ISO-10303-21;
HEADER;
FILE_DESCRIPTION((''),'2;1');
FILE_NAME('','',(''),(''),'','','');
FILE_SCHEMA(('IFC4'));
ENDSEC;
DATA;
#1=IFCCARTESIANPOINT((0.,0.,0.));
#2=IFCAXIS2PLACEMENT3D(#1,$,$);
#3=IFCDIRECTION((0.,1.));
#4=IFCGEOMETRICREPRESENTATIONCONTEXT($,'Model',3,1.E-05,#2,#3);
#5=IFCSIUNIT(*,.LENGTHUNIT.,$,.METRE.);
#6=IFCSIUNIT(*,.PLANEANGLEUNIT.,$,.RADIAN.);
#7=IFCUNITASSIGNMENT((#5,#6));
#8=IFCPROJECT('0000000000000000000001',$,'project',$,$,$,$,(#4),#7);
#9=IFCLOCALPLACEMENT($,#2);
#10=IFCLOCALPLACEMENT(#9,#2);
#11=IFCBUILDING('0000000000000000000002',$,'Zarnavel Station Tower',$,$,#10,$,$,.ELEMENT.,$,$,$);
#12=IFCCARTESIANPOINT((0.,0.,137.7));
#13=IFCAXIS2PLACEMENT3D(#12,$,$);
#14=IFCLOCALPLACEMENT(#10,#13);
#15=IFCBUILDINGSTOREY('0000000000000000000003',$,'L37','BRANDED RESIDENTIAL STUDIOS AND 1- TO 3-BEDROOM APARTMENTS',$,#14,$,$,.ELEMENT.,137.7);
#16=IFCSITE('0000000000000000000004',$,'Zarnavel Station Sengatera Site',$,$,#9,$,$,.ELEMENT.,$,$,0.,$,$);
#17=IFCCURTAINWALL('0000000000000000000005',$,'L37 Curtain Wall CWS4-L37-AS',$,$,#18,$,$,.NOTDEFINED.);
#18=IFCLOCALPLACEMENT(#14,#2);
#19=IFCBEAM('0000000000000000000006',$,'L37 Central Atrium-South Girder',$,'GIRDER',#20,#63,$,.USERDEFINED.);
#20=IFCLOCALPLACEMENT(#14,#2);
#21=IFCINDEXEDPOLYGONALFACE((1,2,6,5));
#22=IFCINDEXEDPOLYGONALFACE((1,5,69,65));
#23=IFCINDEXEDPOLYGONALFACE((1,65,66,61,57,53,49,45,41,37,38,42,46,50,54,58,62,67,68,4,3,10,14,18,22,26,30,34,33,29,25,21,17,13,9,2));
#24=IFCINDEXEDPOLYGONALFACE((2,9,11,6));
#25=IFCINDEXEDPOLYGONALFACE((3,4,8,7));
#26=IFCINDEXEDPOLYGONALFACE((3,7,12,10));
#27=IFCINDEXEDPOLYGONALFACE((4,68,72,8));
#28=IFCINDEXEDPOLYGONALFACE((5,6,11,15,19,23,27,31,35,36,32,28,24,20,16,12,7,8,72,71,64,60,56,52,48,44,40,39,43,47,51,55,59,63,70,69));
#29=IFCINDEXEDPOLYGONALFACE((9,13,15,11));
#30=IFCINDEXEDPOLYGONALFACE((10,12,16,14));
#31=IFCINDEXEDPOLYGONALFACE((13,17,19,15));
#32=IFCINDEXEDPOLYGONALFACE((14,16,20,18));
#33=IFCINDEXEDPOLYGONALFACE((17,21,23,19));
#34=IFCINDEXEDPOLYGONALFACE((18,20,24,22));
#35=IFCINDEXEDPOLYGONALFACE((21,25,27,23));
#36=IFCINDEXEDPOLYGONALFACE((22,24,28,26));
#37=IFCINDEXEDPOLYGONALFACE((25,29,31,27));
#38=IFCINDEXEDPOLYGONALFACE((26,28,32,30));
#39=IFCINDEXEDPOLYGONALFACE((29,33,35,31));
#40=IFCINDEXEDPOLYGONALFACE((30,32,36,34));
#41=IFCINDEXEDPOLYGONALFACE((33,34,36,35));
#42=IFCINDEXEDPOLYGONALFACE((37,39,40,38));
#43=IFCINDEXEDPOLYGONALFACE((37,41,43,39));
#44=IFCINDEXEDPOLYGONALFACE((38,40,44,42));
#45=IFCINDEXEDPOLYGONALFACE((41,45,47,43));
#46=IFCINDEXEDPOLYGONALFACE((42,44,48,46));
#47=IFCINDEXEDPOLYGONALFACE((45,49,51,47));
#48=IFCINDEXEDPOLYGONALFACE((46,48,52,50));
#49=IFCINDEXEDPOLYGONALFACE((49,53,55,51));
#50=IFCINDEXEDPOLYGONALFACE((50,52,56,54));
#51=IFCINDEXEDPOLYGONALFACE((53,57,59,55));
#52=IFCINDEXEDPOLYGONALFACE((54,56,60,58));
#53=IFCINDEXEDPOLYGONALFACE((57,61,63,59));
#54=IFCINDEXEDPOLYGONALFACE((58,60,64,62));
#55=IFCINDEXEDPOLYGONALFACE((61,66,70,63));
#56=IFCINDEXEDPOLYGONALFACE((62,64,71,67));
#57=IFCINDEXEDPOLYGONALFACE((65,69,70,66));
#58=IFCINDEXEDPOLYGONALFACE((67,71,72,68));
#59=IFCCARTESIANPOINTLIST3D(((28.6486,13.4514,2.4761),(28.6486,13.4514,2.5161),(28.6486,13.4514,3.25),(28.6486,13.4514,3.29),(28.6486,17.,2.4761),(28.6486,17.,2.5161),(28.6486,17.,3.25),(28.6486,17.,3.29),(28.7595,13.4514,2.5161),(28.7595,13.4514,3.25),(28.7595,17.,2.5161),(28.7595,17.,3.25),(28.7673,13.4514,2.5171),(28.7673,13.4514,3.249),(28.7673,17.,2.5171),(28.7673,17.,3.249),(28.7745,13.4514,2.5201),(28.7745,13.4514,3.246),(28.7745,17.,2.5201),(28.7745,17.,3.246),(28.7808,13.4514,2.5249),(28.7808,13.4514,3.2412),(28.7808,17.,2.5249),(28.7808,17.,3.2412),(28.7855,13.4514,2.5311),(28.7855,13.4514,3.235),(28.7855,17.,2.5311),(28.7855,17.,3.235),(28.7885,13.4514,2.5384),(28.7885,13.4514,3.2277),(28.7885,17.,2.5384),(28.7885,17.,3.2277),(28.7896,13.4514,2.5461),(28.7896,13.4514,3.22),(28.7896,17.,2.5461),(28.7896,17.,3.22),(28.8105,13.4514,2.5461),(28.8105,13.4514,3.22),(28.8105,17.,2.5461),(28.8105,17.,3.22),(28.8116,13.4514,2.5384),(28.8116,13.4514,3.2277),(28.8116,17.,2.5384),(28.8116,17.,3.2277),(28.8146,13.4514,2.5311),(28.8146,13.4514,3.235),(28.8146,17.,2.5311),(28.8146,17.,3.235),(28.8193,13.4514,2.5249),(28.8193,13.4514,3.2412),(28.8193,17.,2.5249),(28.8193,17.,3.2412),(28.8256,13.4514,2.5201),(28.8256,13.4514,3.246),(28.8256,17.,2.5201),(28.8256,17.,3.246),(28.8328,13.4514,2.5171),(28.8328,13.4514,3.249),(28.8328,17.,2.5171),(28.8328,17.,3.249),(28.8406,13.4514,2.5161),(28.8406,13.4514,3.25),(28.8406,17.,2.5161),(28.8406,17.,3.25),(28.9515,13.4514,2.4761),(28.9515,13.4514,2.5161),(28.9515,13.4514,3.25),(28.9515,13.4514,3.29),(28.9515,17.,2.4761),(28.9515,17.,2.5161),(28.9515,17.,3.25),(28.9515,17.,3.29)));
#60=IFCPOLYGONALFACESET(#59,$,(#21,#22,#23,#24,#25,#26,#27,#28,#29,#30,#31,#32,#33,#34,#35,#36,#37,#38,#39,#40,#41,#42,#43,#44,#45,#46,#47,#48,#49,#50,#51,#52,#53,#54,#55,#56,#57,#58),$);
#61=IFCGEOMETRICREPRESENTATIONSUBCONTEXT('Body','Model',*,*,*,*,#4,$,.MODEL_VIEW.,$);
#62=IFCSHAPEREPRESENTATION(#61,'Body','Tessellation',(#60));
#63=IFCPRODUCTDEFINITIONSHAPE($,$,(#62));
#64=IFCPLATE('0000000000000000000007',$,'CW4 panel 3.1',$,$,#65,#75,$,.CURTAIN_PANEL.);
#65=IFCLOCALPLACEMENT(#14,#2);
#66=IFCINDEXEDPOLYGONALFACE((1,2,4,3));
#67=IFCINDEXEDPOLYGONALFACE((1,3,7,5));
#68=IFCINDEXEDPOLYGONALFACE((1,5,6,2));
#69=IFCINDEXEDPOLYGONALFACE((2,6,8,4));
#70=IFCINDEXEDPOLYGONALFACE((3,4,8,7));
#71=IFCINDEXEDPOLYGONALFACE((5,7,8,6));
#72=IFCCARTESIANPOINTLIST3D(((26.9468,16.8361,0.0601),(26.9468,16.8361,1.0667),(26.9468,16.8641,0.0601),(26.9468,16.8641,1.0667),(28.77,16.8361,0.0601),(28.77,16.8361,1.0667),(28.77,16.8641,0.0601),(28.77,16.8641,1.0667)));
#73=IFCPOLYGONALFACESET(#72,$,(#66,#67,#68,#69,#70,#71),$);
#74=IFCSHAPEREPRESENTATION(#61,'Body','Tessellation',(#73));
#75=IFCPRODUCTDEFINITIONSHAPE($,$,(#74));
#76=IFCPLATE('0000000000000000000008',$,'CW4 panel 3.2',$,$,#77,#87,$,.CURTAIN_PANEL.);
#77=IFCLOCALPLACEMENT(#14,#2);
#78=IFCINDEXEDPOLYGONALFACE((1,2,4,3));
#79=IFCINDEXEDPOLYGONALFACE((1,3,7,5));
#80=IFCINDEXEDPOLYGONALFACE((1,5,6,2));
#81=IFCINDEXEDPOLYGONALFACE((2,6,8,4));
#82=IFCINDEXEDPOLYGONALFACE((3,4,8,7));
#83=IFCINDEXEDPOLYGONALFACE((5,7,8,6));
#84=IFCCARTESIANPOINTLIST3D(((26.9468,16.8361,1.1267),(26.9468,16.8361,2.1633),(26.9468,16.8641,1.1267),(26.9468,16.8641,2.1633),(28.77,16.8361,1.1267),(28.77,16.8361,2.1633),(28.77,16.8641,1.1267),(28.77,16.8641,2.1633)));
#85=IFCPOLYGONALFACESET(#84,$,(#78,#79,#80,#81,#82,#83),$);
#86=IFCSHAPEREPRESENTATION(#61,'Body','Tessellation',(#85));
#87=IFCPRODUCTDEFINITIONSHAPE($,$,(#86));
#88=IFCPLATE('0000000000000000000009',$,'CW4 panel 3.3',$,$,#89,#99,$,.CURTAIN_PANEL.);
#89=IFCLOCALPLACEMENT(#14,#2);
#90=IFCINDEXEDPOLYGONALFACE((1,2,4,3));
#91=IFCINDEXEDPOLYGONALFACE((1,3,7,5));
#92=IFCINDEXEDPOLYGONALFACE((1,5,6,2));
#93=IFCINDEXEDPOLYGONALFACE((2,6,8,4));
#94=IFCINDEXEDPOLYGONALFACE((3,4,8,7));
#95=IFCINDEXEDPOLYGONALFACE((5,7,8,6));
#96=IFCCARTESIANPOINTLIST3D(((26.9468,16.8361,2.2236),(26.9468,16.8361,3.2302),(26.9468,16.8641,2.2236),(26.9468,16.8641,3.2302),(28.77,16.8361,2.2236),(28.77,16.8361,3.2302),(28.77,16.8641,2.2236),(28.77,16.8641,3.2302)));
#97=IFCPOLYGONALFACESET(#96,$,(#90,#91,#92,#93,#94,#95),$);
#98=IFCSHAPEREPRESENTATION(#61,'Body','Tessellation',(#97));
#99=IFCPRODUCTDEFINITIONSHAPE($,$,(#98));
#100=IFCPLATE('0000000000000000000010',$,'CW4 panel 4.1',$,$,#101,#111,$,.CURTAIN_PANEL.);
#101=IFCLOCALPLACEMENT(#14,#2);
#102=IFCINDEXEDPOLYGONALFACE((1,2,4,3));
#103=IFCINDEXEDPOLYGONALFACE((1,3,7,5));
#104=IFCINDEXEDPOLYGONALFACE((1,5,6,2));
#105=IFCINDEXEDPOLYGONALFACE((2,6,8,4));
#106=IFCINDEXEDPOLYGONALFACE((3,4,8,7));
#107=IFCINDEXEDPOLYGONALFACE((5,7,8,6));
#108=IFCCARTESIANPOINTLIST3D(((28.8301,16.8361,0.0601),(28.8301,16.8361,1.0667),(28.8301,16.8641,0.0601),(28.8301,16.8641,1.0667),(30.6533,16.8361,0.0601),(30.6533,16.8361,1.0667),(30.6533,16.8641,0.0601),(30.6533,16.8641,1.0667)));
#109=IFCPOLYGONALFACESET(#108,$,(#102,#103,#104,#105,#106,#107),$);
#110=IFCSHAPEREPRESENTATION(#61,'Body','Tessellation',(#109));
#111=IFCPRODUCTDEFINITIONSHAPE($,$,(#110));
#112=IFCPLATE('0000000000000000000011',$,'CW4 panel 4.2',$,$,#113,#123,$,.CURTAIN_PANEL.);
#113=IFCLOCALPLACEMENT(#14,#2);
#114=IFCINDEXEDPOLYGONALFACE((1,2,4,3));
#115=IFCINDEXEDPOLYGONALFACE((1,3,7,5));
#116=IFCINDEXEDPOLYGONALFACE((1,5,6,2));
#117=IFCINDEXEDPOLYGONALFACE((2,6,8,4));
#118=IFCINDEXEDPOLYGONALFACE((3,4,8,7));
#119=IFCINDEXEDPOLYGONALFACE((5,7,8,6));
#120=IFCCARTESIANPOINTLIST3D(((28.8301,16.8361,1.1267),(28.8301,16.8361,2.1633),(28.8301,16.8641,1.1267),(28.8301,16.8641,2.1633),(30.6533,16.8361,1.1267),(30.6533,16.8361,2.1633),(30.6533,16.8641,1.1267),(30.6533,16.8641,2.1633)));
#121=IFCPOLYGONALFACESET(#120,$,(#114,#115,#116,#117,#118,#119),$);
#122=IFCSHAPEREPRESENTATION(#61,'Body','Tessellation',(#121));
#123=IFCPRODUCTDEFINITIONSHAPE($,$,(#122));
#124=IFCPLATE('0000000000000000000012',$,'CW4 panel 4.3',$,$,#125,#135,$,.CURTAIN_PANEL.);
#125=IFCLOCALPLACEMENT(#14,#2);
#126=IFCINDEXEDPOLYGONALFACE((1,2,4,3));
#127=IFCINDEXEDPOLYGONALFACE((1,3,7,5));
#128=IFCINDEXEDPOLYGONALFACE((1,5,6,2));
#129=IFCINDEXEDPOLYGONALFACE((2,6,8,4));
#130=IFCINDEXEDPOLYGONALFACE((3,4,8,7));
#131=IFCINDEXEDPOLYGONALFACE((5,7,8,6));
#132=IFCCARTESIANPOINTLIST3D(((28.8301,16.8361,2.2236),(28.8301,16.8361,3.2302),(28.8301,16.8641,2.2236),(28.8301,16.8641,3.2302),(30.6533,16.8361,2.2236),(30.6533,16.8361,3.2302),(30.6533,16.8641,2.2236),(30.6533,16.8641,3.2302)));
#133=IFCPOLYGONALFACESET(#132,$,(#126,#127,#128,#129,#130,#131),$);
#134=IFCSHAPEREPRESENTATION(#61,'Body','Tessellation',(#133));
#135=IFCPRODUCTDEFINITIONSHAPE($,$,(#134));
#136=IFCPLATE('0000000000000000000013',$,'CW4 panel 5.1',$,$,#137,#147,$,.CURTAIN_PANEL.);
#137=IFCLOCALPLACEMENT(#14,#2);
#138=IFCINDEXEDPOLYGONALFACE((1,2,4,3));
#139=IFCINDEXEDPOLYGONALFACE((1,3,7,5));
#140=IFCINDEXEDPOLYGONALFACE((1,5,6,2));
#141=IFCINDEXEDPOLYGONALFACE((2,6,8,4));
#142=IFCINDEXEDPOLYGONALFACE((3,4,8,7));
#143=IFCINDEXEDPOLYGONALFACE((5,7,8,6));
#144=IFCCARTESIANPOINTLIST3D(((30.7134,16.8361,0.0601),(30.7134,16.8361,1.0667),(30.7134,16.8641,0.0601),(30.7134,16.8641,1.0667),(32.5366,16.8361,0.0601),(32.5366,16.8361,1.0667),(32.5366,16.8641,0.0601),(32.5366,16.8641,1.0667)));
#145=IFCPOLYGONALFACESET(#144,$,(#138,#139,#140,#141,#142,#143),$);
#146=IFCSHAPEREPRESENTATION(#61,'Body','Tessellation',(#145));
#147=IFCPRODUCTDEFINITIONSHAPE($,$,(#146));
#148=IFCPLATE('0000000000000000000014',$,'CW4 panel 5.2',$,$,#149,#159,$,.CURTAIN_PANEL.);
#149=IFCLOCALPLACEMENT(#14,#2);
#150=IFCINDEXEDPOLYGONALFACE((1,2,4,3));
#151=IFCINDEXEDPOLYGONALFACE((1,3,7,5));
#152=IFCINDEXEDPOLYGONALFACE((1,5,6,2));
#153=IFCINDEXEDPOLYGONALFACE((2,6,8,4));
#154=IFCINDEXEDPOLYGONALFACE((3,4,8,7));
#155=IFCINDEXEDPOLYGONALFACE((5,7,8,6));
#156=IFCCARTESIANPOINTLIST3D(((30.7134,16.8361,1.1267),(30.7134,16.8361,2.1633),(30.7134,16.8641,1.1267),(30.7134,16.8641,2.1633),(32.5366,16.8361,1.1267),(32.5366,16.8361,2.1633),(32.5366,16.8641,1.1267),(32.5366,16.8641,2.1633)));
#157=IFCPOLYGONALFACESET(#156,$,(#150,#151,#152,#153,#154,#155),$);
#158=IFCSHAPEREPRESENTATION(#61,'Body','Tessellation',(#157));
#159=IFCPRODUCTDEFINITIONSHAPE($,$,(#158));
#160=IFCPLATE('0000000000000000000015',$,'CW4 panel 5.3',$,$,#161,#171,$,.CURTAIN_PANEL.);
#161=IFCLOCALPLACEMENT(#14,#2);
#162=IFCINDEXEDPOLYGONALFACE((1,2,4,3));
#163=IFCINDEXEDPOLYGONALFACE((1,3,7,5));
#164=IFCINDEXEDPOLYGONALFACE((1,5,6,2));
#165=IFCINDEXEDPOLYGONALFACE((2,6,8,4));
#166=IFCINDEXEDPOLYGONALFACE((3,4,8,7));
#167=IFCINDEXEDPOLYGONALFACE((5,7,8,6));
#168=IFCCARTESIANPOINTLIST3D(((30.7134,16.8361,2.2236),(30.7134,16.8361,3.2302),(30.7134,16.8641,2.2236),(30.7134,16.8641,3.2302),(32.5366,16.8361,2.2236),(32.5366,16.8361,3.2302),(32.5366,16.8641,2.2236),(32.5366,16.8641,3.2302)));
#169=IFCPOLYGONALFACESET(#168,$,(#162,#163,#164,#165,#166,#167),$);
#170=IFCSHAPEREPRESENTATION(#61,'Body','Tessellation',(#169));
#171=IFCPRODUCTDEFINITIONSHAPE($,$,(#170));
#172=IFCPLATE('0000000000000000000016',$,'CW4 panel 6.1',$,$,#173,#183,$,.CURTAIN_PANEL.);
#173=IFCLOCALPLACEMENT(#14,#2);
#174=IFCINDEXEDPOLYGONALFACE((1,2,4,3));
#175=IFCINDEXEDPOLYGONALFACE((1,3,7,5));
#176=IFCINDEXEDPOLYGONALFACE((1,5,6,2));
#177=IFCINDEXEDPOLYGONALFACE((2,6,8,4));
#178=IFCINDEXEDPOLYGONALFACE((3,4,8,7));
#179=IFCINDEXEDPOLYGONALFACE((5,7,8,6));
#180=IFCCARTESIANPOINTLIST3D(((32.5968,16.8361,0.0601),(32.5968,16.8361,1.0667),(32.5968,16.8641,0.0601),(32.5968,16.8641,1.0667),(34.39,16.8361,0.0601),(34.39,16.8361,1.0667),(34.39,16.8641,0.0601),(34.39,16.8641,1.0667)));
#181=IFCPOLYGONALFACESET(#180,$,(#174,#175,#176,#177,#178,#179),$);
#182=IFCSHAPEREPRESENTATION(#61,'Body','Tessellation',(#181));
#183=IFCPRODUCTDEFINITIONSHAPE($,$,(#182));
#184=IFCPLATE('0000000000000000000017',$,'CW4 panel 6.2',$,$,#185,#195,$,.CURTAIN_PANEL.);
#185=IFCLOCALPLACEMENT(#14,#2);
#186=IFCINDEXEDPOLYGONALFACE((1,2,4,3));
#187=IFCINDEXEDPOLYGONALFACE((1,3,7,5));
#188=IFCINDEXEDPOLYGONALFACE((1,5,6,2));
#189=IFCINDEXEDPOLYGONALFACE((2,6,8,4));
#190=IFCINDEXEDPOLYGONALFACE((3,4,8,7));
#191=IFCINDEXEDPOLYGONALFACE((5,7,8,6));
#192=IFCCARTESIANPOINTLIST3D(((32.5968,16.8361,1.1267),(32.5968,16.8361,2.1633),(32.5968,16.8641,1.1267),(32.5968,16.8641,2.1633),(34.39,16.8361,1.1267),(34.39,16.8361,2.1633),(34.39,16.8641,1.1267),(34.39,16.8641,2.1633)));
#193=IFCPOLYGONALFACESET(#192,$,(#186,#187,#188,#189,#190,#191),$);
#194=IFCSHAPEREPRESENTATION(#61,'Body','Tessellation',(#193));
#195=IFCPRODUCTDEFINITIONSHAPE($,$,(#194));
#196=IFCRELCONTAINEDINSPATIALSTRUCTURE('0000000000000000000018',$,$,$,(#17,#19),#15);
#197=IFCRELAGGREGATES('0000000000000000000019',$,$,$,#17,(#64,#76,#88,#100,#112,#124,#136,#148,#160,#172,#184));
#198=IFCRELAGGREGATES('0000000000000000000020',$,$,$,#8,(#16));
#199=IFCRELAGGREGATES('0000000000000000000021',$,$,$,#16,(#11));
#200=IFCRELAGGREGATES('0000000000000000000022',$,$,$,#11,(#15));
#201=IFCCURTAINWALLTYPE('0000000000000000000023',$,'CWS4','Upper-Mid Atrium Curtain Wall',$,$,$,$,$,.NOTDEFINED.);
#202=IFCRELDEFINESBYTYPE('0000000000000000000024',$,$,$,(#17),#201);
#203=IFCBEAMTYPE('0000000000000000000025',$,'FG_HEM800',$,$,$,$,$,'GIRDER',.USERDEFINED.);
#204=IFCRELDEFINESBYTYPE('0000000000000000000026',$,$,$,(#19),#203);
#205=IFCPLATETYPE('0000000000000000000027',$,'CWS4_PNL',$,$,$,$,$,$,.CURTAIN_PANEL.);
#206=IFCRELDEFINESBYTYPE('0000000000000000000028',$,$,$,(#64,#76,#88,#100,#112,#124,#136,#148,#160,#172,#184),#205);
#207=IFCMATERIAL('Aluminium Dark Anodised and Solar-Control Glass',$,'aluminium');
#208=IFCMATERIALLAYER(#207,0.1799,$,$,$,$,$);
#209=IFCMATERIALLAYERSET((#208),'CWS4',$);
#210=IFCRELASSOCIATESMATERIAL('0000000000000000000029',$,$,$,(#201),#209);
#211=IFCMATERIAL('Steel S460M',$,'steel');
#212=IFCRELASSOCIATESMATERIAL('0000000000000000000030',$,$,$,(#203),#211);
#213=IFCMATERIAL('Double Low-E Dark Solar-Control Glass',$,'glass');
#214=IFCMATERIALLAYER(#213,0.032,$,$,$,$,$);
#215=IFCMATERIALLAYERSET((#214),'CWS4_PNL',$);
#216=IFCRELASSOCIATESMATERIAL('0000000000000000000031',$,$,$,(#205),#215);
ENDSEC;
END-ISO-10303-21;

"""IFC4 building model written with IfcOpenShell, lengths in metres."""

from ifc_helpers import new_model, si_unit, direction, frame, origin, origin_2d, place, context, subcontext, project, spatial, rectangle, i_section, extrude, material, layer, layer_set, material_profile, profile_set, type_object, element, aggregate, save


model = new_model("IFC4")

# Units and contexts
model_context = context("Model", 3, precision=1e-05, world=origin(), true_north=direction((0.0, 1.0)))
body_context = subcontext(model_context, "Body", "Model", "MODEL_VIEW")
ifc_project = project(units=[si_unit("LENGTHUNIT", "METRE"), si_unit("PLANEANGLEUNIT", "RADIAN")], contexts=[model_context])

# Site, building, storey
site_placement = place(None, origin())
site = spatial("IfcSite", under=ifc_project, at=site_placement, Name="Zarnavel Station Sengatera Site", CompositionType="ELEMENT", RefElevation=0.0)
building_placement = place(site_placement, origin())
building = spatial("IfcBuilding", under=site, at=building_placement, Name="Zarnavel Station Tower", CompositionType="ELEMENT")
storey_placement = place(building_placement, frame((0.0, 0.0, 137.7)))
storey = spatial("IfcBuildingStorey", under=building, at=storey_placement, Name="L37", Description="BRANDED RESIDENTIAL STUDIOS AND 1- TO 3-BEDROOM APARTMENTS", CompositionType="ELEMENT", Elevation=137.7)

# Curtain wall
ifc_material_1 = material(Name="Aluminium Dark Anodised and Solar-Control Glass", Category="aluminium")
ifc_layer_1 = layer(ifc_material_1, 0.1799)
ifc_layer_set_1 = layer_set([ifc_layer_1], Name="CWS4")
curtain_wall_type = type_object("IfcCurtainWallType", Name="CWS4", Description="Upper-Mid Atrium Curtain Wall", PredefinedType="NOTDEFINED", material=ifc_layer_set_1)
curtain_wall_placement = place(storey_placement, origin())
curtain_wall = element("IfcCurtainWall", 1, at=curtain_wall_placement, inside=storey, type_object=curtain_wall_type, Name="L37 Curtain Wall CWS4-L37-AS", PredefinedType="NOTDEFINED")

# Beam
ifc_material_2 = material(Name="Steel S460M", Category="steel")
ifc_material_profile_1 = material_profile(ifc_material_2, i_section(OverallWidth=0.303, OverallDepth=0.814, WebThickness=0.021, FlangeThickness=0.04, FilletRadius=0.03, at=origin_2d()), Name="HEM800")
ifc_profile_set_1 = profile_set([ifc_material_profile_1], Name="Steel S460M")
beam_type_1 = type_object("IfcBeamType", Name="FG_HEM800", ElementType="GIRDER", PredefinedType="USERDEFINED", material=ifc_profile_set_1)
beam_1_placement = place(storey_placement, frame((28.8, 13.4514, 2.8831), z_axis=(0.0, 1.0, 0.0), x_axis=(-1.0, 0.0, 0.0)))
element("IfcBeam", 2, at=beam_1_placement, inside=storey, type_object=beam_type_1, Name="L37 Central Atrium-South Girder", ObjectType="GIRDER", PredefinedType="USERDEFINED", context=body_context, shape_type="SweptSolid", body=[
    extrude(i_section(OverallWidth=0.303, OverallDepth=0.814, WebThickness=0.021, FlangeThickness=0.04, FilletRadius=0.03, at=origin_2d()), origin(), (0.0, 0.0, 1.0), 3.5486),
])

# Plates
ifc_material_3 = material(Name="Double Low-E Dark Solar-Control Glass", Category="glass")
ifc_layer_2 = layer(ifc_material_3, 0.032)
ifc_layer_set_2 = layer_set([ifc_layer_2], Name="CWS4_PNL")
plate_type = type_object("IfcPlateType", Name="CWS4_PNL", PredefinedType="CURTAIN_PANEL", material=ifc_layer_set_2)
plate_1_placement = place(storey_placement, frame((27.8584, 16.8501, 0.0601), z_axis=(0.0, 0.0, 1.0), x_axis=(1.0, 0.0, 0.0)))
plate_1 = element("IfcPlate", 3, at=plate_1_placement, type_object=plate_type, Name="CW4 panel 3.1", PredefinedType="CURTAIN_PANEL", context=body_context, shape_type="SweptSolid", body=[
    extrude(rectangle(XDim=1.8232, YDim=0.0281, at=origin_2d()), origin(), (0.0, 0.0, 1.0), 1.0066),
])
plate_2_placement = place(storey_placement, frame((27.8584, 16.8501, 1.1267), z_axis=(0.0, 0.0, 1.0), x_axis=(1.0, 0.0, 0.0)))
plate_2 = element("IfcPlate", 4, at=plate_2_placement, type_object=plate_type, Name="CW4 panel 3.2", PredefinedType="CURTAIN_PANEL", context=body_context, shape_type="SweptSolid", body=[
    extrude(rectangle(XDim=1.8232, YDim=0.0281, at=origin_2d()), origin(), (0.0, 0.0, 1.0), 1.0366),
])
plate_3_placement = place(storey_placement, frame((27.8584, 16.8501, 2.2236), z_axis=(0.0, 0.0, 1.0), x_axis=(1.0, 0.0, 0.0)))
plate_3 = element("IfcPlate", 5, at=plate_3_placement, type_object=plate_type, Name="CW4 panel 3.3", PredefinedType="CURTAIN_PANEL", context=body_context, shape_type="SweptSolid", body=[
    extrude(rectangle(XDim=1.8232, YDim=0.0281, at=origin_2d()), origin(), (0.0, 0.0, 1.0), 1.0066),
])
plate_4_placement = place(storey_placement, frame((29.7417, 16.8501, 0.0601), z_axis=(0.0, 0.0, 1.0), x_axis=(1.0, 0.0, 0.0)))
plate_4 = element("IfcPlate", 6, at=plate_4_placement, type_object=plate_type, Name="CW4 panel 4.1", PredefinedType="CURTAIN_PANEL", context=body_context, shape_type="SweptSolid", body=[
    extrude(rectangle(XDim=1.8232, YDim=0.0281, at=origin_2d()), origin(), (0.0, 0.0, 1.0), 1.0066),
])
plate_5_placement = place(storey_placement, frame((29.7417, 16.8501, 1.1267), z_axis=(0.0, 0.0, 1.0), x_axis=(1.0, 0.0, 0.0)))
plate_5 = element("IfcPlate", 7, at=plate_5_placement, type_object=plate_type, Name="CW4 panel 4.2", PredefinedType="CURTAIN_PANEL", context=body_context, shape_type="SweptSolid", body=[
    extrude(rectangle(XDim=1.8232, YDim=0.0281, at=origin_2d()), origin(), (0.0, 0.0, 1.0), 1.0366),
])
plate_6_placement = place(storey_placement, frame((29.7417, 16.8501, 2.2236), z_axis=(0.0, 0.0, 1.0), x_axis=(1.0, 0.0, 0.0)))
plate_6 = element("IfcPlate", 8, at=plate_6_placement, type_object=plate_type, Name="CW4 panel 4.3", PredefinedType="CURTAIN_PANEL", context=body_context, shape_type="SweptSolid", body=[
    extrude(rectangle(XDim=1.8232, YDim=0.0281, at=origin_2d()), origin(), (0.0, 0.0, 1.0), 1.0066),
])
plate_7_placement = place(storey_placement, frame((31.625, 16.8501, 0.0601), z_axis=(0.0, 0.0, 1.0), x_axis=(1.0, 0.0, 0.0)))
plate_7 = element("IfcPlate", 9, at=plate_7_placement, type_object=plate_type, Name="CW4 panel 5.1", PredefinedType="CURTAIN_PANEL", context=body_context, shape_type="SweptSolid", body=[
    extrude(rectangle(XDim=1.8232, YDim=0.0281, at=origin_2d()), origin(), (0.0, 0.0, 1.0), 1.0066),
])
plate_8_placement = place(storey_placement, frame((31.625, 16.8501, 1.1267), z_axis=(0.0, 0.0, 1.0), x_axis=(1.0, 0.0, 0.0)))
plate_8 = element("IfcPlate", 10, at=plate_8_placement, type_object=plate_type, Name="CW4 panel 5.2", PredefinedType="CURTAIN_PANEL", context=body_context, shape_type="SweptSolid", body=[
    extrude(rectangle(XDim=1.8232, YDim=0.0281, at=origin_2d()), origin(), (0.0, 0.0, 1.0), 1.0366),
])
plate_9_placement = place(storey_placement, frame((31.625, 16.8501, 2.2236), z_axis=(0.0, 0.0, 1.0), x_axis=(1.0, 0.0, 0.0)))
plate_9 = element("IfcPlate", 11, at=plate_9_placement, type_object=plate_type, Name="CW4 panel 5.3", PredefinedType="CURTAIN_PANEL", context=body_context, shape_type="SweptSolid", body=[
    extrude(rectangle(XDim=1.8232, YDim=0.0281, at=origin_2d()), origin(), (0.0, 0.0, 1.0), 1.0066),
])
plate_10_placement = place(storey_placement, frame((33.4934, 16.8501, 0.0601), z_axis=(0.0, 0.0, 1.0), x_axis=(1.0, 0.0, 0.0)))
plate_10 = element("IfcPlate", 12, at=plate_10_placement, type_object=plate_type, Name="CW4 panel 6.1", PredefinedType="CURTAIN_PANEL", context=body_context, shape_type="SweptSolid", body=[
    extrude(rectangle(XDim=1.7932, YDim=0.0281, at=origin_2d()), origin(), (0.0, 0.0, 1.0), 1.0066),
])
plate_11_placement = place(storey_placement, frame((33.4934, 16.8501, 1.1267), z_axis=(0.0, 0.0, 1.0), x_axis=(1.0, 0.0, 0.0)))
plate_11 = element("IfcPlate", 13, at=plate_11_placement, type_object=plate_type, Name="CW4 panel 6.2", PredefinedType="CURTAIN_PANEL", context=body_context, shape_type="SweptSolid", body=[
    extrude(rectangle(XDim=1.7932, YDim=0.0281, at=origin_2d()), origin(), (0.0, 0.0, 1.0), 1.0366),
])
aggregate(curtain_wall, [plate_1, plate_2, plate_3, plate_4, plate_5, plate_6, plate_7, plate_8, plate_9, plate_10, plate_11])

save(model, "model.ifc")
